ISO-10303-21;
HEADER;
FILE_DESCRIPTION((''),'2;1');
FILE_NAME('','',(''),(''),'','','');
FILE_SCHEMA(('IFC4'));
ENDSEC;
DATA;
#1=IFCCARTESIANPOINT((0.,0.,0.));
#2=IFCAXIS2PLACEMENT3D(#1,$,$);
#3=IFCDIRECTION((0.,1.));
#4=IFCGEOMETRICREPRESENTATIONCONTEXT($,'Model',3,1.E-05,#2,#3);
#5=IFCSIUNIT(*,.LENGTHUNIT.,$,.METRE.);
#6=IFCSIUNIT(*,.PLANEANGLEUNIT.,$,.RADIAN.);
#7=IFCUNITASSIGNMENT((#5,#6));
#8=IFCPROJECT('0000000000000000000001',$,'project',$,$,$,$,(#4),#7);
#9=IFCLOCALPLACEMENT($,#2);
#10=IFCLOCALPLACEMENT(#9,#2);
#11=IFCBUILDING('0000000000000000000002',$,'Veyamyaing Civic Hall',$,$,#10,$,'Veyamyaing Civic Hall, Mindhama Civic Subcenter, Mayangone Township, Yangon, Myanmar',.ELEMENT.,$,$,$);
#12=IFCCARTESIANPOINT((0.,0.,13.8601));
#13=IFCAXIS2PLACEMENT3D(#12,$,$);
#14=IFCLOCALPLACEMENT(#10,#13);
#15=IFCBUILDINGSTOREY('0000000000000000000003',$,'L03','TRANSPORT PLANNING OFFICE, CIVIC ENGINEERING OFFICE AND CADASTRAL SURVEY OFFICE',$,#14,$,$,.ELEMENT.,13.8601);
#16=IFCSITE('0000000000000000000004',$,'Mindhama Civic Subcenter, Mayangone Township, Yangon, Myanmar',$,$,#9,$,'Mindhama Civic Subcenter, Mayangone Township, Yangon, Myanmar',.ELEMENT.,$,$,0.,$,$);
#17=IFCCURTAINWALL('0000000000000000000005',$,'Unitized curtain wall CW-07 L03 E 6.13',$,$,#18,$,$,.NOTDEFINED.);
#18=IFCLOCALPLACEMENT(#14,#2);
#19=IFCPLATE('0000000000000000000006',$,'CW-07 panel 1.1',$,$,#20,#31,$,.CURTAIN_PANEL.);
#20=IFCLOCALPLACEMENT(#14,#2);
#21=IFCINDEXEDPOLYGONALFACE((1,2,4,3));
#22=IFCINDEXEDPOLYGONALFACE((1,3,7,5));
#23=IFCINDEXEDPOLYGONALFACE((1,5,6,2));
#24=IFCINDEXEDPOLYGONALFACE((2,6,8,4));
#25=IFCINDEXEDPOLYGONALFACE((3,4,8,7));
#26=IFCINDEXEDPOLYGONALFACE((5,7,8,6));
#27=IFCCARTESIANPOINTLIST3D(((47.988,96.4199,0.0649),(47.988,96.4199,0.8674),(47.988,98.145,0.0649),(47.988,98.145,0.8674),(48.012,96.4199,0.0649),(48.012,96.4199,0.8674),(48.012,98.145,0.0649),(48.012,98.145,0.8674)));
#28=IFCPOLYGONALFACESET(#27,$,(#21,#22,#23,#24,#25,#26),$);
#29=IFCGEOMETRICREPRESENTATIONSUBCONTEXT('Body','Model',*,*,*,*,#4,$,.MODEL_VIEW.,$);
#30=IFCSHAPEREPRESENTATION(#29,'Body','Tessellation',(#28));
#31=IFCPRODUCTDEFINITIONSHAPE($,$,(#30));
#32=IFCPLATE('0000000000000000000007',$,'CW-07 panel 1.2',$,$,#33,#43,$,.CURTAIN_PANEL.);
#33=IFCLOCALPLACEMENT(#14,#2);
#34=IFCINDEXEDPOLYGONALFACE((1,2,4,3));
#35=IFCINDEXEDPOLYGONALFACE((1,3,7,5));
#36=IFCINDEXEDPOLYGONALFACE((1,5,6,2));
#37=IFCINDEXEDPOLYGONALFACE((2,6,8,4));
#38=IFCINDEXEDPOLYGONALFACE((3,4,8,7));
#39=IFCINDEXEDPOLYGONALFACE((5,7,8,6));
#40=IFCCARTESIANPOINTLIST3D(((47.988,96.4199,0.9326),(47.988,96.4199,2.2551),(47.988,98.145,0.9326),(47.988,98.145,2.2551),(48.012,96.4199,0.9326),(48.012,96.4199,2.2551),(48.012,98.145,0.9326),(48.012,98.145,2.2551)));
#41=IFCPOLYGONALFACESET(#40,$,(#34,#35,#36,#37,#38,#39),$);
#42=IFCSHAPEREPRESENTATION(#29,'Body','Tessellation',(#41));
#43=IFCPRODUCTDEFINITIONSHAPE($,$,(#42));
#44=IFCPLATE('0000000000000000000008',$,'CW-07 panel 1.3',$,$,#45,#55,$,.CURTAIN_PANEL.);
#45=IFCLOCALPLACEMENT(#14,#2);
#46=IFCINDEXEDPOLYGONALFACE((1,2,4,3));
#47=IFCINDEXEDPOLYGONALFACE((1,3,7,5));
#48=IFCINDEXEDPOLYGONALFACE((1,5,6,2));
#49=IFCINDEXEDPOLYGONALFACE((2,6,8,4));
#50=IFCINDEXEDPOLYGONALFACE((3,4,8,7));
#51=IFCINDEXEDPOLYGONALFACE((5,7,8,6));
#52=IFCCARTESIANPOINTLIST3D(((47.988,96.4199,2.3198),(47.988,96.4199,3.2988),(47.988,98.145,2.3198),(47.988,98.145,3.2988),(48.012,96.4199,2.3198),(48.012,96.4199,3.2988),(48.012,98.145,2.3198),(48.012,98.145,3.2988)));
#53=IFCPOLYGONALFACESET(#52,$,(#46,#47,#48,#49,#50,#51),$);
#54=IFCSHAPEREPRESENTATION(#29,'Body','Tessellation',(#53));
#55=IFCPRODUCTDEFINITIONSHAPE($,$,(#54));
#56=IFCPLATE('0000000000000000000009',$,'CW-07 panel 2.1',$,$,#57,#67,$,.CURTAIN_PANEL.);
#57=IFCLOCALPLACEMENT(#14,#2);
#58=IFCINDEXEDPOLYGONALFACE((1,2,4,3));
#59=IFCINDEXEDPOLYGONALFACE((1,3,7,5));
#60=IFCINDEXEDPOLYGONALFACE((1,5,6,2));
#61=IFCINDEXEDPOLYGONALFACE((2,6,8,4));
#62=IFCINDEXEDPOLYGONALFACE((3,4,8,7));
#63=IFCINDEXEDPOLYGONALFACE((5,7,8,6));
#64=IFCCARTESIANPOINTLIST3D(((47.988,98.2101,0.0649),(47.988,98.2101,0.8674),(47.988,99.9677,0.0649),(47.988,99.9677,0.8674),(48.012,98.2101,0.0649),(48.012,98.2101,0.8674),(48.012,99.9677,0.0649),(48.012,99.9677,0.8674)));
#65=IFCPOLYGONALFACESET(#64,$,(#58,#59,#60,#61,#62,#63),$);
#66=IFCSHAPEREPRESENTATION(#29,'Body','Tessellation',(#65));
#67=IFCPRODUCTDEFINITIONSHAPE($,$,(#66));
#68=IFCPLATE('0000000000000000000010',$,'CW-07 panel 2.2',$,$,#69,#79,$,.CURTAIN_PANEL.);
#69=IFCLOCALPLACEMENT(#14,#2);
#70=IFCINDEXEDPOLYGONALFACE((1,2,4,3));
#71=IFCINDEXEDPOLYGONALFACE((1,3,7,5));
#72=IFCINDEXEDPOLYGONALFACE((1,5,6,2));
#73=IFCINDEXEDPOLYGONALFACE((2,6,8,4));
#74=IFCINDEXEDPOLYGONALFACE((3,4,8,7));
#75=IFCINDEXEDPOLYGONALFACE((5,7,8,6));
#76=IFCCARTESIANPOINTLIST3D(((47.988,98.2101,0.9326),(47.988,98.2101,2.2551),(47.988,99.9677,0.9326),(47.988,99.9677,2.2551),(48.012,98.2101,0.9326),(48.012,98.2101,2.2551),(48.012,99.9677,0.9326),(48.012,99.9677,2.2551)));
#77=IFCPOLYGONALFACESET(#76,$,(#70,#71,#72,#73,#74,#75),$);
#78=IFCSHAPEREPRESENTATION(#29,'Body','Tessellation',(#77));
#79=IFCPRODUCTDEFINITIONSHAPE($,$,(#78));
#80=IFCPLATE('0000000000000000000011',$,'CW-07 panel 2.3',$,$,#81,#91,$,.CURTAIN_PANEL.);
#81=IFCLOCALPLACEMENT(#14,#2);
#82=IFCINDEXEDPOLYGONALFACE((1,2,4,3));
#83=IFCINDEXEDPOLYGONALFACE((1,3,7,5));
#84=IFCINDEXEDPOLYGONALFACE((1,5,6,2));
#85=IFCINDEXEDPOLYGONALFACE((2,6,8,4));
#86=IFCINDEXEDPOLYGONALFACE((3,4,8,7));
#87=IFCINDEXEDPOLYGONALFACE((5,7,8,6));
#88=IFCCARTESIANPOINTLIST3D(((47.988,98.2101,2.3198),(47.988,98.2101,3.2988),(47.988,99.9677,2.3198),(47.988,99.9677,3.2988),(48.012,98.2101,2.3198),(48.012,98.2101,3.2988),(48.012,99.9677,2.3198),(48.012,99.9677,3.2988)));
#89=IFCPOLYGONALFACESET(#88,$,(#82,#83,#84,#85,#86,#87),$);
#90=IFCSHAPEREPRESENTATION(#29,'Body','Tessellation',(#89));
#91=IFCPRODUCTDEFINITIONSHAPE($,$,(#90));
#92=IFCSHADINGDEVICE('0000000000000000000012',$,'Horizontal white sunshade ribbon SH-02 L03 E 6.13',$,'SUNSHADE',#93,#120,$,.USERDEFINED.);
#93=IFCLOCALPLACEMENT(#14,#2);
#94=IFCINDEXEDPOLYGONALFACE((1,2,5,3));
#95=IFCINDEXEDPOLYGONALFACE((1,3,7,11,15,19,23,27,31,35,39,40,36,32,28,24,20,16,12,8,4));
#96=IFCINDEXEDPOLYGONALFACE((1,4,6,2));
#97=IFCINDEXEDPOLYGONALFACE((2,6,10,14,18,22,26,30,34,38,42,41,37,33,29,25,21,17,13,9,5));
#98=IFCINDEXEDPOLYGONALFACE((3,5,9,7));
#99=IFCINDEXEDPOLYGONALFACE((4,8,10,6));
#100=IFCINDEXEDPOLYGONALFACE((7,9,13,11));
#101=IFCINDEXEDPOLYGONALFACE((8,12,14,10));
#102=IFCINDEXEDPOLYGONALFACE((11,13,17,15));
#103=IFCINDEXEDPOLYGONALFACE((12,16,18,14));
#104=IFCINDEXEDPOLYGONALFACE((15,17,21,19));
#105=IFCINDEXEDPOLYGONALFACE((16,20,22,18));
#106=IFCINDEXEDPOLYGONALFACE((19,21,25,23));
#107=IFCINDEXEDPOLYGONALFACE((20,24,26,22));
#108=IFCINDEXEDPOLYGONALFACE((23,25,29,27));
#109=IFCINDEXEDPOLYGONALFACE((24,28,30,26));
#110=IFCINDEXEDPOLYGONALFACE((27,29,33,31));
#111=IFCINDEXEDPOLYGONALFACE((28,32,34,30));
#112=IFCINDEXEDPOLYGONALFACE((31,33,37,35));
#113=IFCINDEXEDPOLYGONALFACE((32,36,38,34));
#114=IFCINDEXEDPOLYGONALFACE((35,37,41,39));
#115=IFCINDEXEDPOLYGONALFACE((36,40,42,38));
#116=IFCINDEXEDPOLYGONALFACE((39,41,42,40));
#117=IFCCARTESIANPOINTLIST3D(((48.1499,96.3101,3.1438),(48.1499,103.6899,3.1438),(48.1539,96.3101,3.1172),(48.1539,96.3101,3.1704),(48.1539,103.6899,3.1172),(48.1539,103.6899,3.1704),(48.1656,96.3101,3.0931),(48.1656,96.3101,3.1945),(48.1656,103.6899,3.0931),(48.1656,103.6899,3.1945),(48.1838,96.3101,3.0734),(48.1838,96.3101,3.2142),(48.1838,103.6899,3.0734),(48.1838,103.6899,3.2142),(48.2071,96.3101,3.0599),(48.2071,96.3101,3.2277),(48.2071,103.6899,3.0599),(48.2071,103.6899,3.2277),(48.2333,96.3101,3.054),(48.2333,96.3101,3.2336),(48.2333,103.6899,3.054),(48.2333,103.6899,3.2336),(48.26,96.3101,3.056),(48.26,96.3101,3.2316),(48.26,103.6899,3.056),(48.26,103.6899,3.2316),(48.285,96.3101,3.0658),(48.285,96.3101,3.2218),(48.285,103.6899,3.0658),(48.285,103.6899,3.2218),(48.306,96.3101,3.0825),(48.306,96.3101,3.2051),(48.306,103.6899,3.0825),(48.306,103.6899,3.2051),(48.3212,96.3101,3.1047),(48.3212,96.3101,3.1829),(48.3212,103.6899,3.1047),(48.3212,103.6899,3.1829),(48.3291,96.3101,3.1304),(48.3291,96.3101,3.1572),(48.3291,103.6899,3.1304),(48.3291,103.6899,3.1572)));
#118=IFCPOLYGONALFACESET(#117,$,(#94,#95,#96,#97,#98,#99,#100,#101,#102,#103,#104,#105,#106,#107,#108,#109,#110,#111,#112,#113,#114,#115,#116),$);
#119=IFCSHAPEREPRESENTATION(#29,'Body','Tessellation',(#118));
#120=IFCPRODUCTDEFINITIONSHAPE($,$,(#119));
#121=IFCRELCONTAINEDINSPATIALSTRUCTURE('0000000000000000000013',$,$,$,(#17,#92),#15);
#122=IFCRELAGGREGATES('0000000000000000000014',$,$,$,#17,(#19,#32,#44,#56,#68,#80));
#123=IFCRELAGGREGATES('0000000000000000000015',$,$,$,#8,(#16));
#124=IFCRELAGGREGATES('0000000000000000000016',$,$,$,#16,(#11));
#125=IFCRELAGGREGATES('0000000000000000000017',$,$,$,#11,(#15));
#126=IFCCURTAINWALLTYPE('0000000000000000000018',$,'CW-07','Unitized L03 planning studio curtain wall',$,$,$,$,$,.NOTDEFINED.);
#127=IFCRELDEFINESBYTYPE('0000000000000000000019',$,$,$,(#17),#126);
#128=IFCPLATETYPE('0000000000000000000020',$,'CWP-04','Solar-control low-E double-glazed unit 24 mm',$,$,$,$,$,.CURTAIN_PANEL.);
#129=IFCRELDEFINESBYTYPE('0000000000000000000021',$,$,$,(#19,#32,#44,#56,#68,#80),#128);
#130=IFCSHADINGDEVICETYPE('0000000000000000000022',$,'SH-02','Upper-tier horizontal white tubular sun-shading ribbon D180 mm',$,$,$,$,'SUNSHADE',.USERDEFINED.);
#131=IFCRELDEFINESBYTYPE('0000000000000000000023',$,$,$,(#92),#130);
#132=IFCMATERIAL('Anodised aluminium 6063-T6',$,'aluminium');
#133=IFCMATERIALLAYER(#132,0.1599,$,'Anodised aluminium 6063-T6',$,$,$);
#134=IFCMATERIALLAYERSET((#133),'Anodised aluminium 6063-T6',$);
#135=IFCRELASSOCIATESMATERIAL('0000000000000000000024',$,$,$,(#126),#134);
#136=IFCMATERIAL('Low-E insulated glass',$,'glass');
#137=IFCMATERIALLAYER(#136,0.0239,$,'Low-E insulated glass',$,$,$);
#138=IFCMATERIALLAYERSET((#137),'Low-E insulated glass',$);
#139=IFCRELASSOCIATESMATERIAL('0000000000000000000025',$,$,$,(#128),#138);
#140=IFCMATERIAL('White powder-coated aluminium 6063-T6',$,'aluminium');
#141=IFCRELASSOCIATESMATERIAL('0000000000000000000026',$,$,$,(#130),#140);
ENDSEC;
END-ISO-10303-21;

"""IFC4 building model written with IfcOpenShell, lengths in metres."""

from ifc_helpers import new_model, si_unit, direction, frame, origin, origin_2d, place, context, subcontext, project, spatial, rectangle, circle, extrude, material, layer, layer_set, material_profile, profile_set, type_object, element, aggregate, save


model = new_model("IFC4")

# Units and contexts
model_context = context("Model", 3, precision=1e-05, world=origin(), true_north=direction((0.0, 1.0)))
body_context = subcontext(model_context, "Body", "Model", "MODEL_VIEW")
ifc_project = project(units=[si_unit("LENGTHUNIT", "METRE"), si_unit("PLANEANGLEUNIT", "RADIAN")], contexts=[model_context])

# Site, building, storey
site_placement = place(None, origin())
site = spatial("IfcSite", under=ifc_project, at=site_placement, Name="Mindhama Civic Subcenter, Mayangone Township, Yangon, Myanmar", LongName="Mindhama Civic Subcenter, Mayangone Township, Yangon, Myanmar", CompositionType="ELEMENT", RefElevation=0.0)
building_placement = place(site_placement, origin())
building = spatial("IfcBuilding", under=site, at=building_placement, Name="Veyamyaing Civic Hall", LongName="Veyamyaing Civic Hall, Mindhama Civic Subcenter, Mayangone Township, Yangon, Myanmar", CompositionType="ELEMENT")
storey_placement = place(building_placement, frame((0.0, 0.0, 13.8601)))
storey = spatial("IfcBuildingStorey", under=building, at=storey_placement, Name="L03", Description="TRANSPORT PLANNING OFFICE, CIVIC ENGINEERING OFFICE AND CADASTRAL SURVEY OFFICE", CompositionType="ELEMENT", Elevation=13.8601)

# Curtain wall, plates
ifc_material_1 = material(Name="Anodised aluminium 6063-T6", Category="aluminium")
ifc_layer_1 = layer(ifc_material_1, 0.1599, Name="Anodised aluminium 6063-T6")
ifc_layer_set_1 = layer_set([ifc_layer_1], Name="Anodised aluminium 6063-T6")
curtain_wall_type = type_object("IfcCurtainWallType", Name="CW-07", Description="Unitized L03 planning studio curtain wall", PredefinedType="NOTDEFINED", material=ifc_layer_set_1)
curtain_wall_placement = place(storey_placement, origin())
curtain_wall = element("IfcCurtainWall", 1, at=curtain_wall_placement, inside=storey, type_object=curtain_wall_type, Name="Unitized curtain wall CW-07 L03 E 6.13", PredefinedType="NOTDEFINED")
ifc_material_2 = material(Name="Low-E insulated glass", Category="glass")
ifc_layer_2 = layer(ifc_material_2, 0.0239, Name="Low-E insulated glass")
ifc_layer_set_2 = layer_set([ifc_layer_2], Name="Low-E insulated glass")
plate_type = type_object("IfcPlateType", Name="CWP-04", Description="Solar-control low-E double-glazed unit 24 mm", PredefinedType="CURTAIN_PANEL", material=ifc_layer_set_2)
plate_1_placement = place(storey_placement, frame((48.0, 97.2825, 0.0649), z_axis=(0.0, 0.0, 1.0), x_axis=(0.0, 1.0, 0.0)))
plate_1 = element("IfcPlate", 2, at=plate_1_placement, type_object=plate_type, Name="CW-07 panel 1.1", PredefinedType="CURTAIN_PANEL", context=body_context, shape_type="SweptSolid", body=[
    extrude(rectangle(XDim=1.7251, YDim=0.0239, at=origin_2d()), origin(), (0.0, 0.0, 1.0), 0.8025),
])
plate_2_placement = place(storey_placement, frame((48.0, 97.2825, 0.9326), z_axis=(0.0, 0.0, 1.0), x_axis=(0.0, 1.0, 0.0)))
plate_2 = element("IfcPlate", 3, at=plate_2_placement, type_object=plate_type, Name="CW-07 panel 1.2", PredefinedType="CURTAIN_PANEL", context=body_context, shape_type="SweptSolid", body=[
    extrude(rectangle(XDim=1.7251, YDim=0.0239, at=origin_2d()), origin(), (0.0, 0.0, 1.0), 1.3225),
])
plate_3_placement = place(storey_placement, frame((48.0, 97.2825, 2.3198), z_axis=(0.0, 0.0, 1.0), x_axis=(0.0, 1.0, 0.0)))
plate_3 = element("IfcPlate", 4, at=plate_3_placement, type_object=plate_type, Name="CW-07 panel 1.3", PredefinedType="CURTAIN_PANEL", context=body_context, shape_type="SweptSolid", body=[
    extrude(rectangle(XDim=1.7251, YDim=0.0239, at=origin_2d()), origin(), (0.0, 0.0, 1.0), 0.979),
])
plate_4_placement = place(storey_placement, frame((48.0, 99.0889, 0.0649), z_axis=(0.0, 0.0, 1.0), x_axis=(0.0, 1.0, 0.0)))
plate_4 = element("IfcPlate", 5, at=plate_4_placement, type_object=plate_type, Name="CW-07 panel 2.1", PredefinedType="CURTAIN_PANEL", context=body_context, shape_type="SweptSolid", body=[
    extrude(rectangle(XDim=1.7576, YDim=0.0239, at=origin_2d()), origin(), (0.0, 0.0, 1.0), 0.8025),
])
plate_5_placement = place(storey_placement, frame((48.0, 99.0889, 0.9326), z_axis=(0.0, 0.0, 1.0), x_axis=(0.0, 1.0, 0.0)))
plate_5 = element("IfcPlate", 6, at=plate_5_placement, type_object=plate_type, Name="CW-07 panel 2.2", PredefinedType="CURTAIN_PANEL", context=body_context, shape_type="SweptSolid", body=[
    extrude(rectangle(XDim=1.7576, YDim=0.0239, at=origin_2d()), origin(), (0.0, 0.0, 1.0), 1.3225),
])
plate_6_placement = place(storey_placement, frame((48.0, 99.0889, 2.3198), z_axis=(0.0, 0.0, 1.0), x_axis=(0.0, 1.0, 0.0)))
plate_6 = element("IfcPlate", 7, at=plate_6_placement, type_object=plate_type, Name="CW-07 panel 2.3", PredefinedType="CURTAIN_PANEL", context=body_context, shape_type="SweptSolid", body=[
    extrude(rectangle(XDim=1.7576, YDim=0.0239, at=origin_2d()), origin(), (0.0, 0.0, 1.0), 0.979),
])
aggregate(curtain_wall, [plate_1, plate_2, plate_3, plate_4, plate_5, plate_6])

# Shading device
ifc_material_3 = material(Name="White powder-coated aluminium 6063-T6", Category="aluminium")
ifc_material_profile_1 = material_profile(ifc_material_3, circle(Radius=0.0901, at=origin_2d()), Name="SHADE-TUBE-180")
ifc_profile_set_1 = profile_set([ifc_material_profile_1], Name="White powder-coated aluminium 6063-T6")
shading_device_type = type_object("IfcShadingDeviceType", Name="SH-02", Description="Upper-tier horizontal white tubular sun-shading ribbon D180 mm", ElementType="SUNSHADE", PredefinedType="USERDEFINED", material=ifc_profile_set_1)
shading_device_placement = place(storey_placement, frame((48.24, 96.3101, 3.1438), z_axis=(0.0, 1.0, 0.0), x_axis=(-1.0, 0.0, 0.0)))
element("IfcShadingDevice", 8, at=shading_device_placement, inside=storey, type_object=shading_device_type, Name="Horizontal white sunshade ribbon SH-02 L03 E 6.13", ObjectType="SUNSHADE", PredefinedType="USERDEFINED", context=body_context, shape_type="SweptSolid", body=[
    extrude(circle(Radius=0.0901, at=origin_2d()), origin(), (0.0, 0.0, 1.0), 7.3799),
])

save(model, "model.ifc")
